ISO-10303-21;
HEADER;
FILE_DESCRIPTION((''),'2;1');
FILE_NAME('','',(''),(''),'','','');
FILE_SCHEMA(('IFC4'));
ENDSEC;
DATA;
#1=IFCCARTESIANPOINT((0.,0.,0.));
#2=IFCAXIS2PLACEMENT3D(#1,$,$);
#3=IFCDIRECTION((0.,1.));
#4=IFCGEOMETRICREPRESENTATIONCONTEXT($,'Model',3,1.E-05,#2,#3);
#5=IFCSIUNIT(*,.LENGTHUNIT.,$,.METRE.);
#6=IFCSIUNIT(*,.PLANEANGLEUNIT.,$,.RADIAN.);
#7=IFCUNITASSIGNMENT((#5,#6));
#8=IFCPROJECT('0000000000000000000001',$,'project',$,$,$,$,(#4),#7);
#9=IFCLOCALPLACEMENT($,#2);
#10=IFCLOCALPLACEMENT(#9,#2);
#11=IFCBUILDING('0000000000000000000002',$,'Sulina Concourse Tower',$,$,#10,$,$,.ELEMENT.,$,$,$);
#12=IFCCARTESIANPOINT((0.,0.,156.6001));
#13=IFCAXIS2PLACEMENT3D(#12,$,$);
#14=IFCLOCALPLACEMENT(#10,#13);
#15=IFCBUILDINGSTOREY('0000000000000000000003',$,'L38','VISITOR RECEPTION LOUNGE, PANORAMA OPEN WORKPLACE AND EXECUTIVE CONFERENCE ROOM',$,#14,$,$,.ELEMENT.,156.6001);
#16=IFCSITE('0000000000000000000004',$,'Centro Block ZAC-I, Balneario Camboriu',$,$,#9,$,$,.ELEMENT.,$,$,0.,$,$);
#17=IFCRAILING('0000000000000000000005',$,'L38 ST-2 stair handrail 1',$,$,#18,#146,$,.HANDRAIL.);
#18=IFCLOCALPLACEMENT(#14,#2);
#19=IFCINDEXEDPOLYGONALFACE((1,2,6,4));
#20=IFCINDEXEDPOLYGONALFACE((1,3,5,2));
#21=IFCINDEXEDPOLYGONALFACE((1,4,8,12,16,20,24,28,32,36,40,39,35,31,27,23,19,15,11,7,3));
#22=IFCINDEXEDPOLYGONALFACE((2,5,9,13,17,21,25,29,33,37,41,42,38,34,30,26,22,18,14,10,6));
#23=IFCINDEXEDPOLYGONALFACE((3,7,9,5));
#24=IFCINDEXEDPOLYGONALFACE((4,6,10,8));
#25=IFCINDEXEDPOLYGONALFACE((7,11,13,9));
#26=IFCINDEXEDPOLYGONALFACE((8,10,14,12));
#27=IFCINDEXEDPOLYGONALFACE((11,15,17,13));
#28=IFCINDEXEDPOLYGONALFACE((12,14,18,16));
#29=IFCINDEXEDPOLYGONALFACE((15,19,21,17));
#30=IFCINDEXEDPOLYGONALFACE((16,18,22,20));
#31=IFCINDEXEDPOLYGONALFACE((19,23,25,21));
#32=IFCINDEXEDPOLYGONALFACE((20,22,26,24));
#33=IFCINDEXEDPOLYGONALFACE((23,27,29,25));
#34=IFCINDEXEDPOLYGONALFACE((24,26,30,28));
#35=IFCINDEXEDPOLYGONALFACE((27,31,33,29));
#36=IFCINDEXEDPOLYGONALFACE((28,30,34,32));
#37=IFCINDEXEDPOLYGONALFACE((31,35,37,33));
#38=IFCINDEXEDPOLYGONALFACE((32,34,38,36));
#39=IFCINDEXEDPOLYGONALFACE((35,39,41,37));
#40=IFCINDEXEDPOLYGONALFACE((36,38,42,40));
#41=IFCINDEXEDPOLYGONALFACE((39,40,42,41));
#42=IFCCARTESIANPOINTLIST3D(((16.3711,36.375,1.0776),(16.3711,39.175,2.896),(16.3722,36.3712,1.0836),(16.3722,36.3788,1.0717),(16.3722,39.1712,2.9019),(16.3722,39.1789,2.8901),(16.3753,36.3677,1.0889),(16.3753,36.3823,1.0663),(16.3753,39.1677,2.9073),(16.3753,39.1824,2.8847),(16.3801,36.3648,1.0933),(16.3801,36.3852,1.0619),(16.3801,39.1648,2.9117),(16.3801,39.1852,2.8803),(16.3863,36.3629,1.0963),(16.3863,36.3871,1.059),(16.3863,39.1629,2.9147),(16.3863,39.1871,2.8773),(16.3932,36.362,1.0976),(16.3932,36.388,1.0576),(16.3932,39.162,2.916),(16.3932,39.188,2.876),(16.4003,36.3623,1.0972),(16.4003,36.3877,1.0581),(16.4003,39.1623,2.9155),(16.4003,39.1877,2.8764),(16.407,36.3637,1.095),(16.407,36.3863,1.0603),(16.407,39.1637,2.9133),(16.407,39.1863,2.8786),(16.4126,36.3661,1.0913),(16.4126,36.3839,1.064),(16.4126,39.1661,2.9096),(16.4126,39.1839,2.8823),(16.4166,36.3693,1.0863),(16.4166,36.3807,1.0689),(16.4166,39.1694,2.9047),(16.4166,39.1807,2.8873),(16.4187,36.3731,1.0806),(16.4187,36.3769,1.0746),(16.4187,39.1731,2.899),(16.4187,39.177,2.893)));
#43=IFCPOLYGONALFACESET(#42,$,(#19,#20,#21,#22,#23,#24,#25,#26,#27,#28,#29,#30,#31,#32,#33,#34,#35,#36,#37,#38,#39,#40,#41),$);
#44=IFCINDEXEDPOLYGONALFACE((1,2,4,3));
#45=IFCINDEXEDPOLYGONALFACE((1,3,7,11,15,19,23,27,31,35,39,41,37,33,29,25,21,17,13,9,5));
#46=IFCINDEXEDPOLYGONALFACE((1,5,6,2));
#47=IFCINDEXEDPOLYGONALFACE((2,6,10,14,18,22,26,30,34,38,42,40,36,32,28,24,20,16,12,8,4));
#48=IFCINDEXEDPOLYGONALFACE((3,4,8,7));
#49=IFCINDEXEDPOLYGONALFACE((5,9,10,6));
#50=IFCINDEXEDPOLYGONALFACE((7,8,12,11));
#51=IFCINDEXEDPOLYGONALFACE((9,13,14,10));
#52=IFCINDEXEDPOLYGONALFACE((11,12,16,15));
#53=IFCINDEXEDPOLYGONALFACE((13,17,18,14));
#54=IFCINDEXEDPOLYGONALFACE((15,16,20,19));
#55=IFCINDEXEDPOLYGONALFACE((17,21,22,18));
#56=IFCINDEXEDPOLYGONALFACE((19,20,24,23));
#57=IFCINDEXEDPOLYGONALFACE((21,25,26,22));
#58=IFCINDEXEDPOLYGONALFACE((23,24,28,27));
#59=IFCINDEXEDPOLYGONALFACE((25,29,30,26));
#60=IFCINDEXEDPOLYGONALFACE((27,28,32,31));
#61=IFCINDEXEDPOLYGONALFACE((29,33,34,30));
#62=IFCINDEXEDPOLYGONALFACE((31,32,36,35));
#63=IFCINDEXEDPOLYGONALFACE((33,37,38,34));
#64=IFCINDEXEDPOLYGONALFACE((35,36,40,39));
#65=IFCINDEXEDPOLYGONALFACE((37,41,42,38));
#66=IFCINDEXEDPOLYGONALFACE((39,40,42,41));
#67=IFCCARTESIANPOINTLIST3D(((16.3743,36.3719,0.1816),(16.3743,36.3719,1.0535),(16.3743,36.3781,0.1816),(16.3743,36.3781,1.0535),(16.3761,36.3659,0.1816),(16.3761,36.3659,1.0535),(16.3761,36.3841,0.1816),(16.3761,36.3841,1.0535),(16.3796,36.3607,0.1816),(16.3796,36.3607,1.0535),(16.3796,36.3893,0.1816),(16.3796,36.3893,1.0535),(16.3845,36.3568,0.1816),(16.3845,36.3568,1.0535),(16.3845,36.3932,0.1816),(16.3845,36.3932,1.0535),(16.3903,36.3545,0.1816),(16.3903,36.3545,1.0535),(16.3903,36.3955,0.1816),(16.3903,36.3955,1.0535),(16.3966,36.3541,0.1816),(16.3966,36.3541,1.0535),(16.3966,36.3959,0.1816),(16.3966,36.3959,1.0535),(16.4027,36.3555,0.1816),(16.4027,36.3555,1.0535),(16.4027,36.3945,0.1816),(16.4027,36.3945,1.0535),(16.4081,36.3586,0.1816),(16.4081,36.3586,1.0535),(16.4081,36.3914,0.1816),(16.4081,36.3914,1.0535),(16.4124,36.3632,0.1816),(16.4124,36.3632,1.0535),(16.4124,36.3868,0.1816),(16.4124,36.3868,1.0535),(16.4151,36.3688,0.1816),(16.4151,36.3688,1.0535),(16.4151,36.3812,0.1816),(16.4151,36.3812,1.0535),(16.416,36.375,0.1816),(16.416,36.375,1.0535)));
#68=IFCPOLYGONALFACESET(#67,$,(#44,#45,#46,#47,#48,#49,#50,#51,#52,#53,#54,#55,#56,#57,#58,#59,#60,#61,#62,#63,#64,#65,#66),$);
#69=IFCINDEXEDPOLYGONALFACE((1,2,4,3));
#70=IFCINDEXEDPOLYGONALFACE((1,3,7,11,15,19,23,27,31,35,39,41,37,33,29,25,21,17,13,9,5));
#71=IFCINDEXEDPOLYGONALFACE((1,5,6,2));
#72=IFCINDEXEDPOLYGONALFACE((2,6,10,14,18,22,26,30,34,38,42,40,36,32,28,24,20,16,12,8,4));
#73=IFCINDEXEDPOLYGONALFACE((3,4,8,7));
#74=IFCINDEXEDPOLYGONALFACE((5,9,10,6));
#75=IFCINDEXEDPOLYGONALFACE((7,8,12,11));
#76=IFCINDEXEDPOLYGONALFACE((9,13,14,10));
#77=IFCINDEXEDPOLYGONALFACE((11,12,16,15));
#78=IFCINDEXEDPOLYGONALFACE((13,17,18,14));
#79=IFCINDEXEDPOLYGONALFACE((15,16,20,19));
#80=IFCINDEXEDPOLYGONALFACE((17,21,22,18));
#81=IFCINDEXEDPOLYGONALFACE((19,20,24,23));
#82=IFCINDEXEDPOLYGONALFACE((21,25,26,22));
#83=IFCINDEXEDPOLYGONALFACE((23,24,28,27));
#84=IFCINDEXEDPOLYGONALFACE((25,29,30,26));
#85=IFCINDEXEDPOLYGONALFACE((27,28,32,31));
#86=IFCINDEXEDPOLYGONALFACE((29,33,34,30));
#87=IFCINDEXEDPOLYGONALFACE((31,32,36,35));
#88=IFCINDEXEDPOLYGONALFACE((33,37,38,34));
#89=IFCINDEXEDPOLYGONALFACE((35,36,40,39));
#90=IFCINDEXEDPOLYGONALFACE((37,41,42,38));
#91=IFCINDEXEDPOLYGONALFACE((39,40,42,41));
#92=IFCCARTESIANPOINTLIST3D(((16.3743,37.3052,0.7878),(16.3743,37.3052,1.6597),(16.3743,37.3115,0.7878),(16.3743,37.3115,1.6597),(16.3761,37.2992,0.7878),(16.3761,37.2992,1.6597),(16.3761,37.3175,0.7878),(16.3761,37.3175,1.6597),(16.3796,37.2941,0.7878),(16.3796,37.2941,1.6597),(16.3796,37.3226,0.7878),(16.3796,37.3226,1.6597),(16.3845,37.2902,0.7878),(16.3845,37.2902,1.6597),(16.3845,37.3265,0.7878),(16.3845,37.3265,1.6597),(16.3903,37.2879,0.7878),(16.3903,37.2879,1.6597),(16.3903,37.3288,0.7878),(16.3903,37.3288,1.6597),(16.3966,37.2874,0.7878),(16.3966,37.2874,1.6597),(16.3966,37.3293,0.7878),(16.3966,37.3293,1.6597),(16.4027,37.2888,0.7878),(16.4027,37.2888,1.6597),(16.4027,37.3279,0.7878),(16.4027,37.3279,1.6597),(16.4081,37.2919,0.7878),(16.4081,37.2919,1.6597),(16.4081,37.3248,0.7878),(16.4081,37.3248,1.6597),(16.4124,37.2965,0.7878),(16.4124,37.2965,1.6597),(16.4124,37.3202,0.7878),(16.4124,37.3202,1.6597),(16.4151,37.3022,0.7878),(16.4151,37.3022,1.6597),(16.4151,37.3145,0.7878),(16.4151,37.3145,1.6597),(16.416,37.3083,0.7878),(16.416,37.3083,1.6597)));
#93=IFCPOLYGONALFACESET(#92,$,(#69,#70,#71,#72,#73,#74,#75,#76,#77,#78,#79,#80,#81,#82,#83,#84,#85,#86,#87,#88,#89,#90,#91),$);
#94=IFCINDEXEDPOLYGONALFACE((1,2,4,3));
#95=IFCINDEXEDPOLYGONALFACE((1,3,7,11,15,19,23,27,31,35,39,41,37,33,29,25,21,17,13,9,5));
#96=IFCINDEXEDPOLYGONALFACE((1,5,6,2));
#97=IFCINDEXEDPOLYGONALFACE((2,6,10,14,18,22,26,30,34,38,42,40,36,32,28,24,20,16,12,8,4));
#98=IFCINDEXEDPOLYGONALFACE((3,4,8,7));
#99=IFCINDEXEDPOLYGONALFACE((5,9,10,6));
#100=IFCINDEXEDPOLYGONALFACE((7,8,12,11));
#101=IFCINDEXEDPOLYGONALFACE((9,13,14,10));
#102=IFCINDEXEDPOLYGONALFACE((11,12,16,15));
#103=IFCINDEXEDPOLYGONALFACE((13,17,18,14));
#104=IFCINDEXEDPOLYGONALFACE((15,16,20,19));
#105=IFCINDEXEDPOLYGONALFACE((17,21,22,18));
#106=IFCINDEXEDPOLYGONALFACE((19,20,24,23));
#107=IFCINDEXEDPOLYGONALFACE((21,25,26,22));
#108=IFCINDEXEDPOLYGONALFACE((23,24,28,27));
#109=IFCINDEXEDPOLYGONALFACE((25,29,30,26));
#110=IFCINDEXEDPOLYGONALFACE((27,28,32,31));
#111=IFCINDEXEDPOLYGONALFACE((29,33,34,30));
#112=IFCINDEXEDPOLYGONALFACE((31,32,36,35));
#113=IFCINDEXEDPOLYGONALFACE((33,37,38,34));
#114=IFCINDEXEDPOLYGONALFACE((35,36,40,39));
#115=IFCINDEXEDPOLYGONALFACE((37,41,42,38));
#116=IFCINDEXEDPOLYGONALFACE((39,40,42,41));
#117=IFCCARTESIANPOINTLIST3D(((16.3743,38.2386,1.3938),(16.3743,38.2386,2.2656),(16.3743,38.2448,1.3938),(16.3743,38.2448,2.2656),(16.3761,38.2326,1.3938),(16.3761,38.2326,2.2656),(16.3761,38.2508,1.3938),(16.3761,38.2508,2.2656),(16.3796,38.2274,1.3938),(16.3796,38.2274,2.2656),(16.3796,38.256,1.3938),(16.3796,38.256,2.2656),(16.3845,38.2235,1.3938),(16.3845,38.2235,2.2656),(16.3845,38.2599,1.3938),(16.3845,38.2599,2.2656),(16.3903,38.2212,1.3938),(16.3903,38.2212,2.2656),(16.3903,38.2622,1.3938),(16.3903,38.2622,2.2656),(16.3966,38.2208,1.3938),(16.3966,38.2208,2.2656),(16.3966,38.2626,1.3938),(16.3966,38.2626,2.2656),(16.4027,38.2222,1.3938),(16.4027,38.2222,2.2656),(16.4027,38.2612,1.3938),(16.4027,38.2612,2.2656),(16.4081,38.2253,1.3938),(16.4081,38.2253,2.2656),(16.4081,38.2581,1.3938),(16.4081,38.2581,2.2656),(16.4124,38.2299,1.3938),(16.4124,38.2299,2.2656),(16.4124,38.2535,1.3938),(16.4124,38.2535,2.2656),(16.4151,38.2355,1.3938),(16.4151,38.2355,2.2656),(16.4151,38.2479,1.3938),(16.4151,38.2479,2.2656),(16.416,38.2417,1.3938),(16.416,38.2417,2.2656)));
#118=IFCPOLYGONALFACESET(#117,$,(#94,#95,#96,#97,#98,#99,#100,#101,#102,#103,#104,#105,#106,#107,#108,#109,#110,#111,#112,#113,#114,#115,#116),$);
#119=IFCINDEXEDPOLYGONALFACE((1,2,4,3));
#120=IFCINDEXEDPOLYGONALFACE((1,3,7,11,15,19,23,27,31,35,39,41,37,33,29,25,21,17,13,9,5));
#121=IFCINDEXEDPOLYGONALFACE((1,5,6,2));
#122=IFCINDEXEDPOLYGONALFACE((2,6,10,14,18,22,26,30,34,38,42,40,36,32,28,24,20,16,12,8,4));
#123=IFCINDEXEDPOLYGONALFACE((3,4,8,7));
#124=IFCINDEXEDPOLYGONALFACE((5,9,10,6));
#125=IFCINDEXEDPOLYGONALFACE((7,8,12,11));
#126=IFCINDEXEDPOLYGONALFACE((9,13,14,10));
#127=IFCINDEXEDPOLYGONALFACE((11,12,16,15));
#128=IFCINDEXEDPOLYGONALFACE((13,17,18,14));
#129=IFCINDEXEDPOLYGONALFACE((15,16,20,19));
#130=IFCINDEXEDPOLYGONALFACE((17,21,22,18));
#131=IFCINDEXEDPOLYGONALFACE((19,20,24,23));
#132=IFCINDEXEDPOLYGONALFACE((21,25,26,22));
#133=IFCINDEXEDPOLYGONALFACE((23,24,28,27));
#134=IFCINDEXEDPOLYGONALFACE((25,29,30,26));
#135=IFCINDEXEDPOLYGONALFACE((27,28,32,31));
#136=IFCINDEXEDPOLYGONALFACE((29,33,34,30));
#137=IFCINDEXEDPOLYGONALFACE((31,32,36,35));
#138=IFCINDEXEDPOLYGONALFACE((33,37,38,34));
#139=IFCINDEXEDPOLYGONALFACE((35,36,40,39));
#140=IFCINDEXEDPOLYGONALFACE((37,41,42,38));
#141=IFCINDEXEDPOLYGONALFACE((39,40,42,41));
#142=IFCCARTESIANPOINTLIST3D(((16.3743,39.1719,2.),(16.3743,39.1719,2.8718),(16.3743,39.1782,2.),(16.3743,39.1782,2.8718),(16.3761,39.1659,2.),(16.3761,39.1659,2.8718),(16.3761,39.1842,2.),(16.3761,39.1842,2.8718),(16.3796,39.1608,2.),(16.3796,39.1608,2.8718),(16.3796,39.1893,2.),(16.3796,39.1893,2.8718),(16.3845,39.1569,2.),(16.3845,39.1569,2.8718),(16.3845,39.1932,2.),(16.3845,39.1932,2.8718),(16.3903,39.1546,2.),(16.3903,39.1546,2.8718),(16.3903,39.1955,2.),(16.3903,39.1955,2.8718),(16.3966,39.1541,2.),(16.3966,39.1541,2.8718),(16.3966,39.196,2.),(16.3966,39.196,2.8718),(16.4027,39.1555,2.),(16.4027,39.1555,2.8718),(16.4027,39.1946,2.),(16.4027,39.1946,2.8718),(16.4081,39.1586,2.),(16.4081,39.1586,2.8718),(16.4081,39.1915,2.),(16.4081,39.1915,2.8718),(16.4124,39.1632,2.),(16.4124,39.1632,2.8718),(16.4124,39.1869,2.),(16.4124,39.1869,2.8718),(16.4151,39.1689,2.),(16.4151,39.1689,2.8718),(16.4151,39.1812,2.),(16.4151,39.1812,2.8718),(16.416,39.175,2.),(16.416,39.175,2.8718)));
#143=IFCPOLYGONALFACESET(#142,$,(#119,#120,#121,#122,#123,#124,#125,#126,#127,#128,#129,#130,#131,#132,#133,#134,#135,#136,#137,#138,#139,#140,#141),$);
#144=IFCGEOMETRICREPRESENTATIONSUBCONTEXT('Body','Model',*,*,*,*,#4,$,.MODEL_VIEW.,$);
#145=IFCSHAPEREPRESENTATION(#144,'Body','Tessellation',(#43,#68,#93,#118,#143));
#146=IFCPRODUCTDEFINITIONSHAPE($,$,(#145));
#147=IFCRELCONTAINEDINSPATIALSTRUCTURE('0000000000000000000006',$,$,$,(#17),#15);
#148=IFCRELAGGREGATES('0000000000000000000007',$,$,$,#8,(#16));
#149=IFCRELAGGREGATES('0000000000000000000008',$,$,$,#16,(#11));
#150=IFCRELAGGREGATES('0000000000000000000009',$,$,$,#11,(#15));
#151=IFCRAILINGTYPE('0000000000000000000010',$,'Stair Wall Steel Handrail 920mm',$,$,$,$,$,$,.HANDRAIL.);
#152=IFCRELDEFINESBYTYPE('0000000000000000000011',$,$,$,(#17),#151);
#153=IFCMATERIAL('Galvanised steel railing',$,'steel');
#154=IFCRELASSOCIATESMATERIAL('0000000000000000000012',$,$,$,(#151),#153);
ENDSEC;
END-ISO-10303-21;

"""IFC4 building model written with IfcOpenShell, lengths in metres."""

from ifc_helpers import new_model, si_unit, direction, frame, origin, origin_2d, place, context, subcontext, project, spatial, circle, extrude, material, type_object, element, save


model = new_model("IFC4")

# Units and contexts
model_context = context("Model", 3, precision=1e-05, world=origin(), true_north=direction((0.0, 1.0)))
body_context = subcontext(model_context, "Body", "Model", "MODEL_VIEW")
ifc_project = project(units=[si_unit("LENGTHUNIT", "METRE"), si_unit("PLANEANGLEUNIT", "RADIAN")], contexts=[model_context])

# Site, building, storey
site_placement = place(None, origin())
site = spatial("IfcSite", under=ifc_project, at=site_placement, Name="Centro Block ZAC-I, Balneario Camboriu", CompositionType="ELEMENT", RefElevation=0.0)
building_placement = place(site_placement, origin())
building = spatial("IfcBuilding", under=site, at=building_placement, Name="Sulina Concourse Tower", CompositionType="ELEMENT")
storey_placement = place(building_placement, frame((0.0, 0.0, 156.6001)))
storey = spatial("IfcBuildingStorey", under=building, at=storey_placement, Name="L38", Description="VISITOR RECEPTION LOUNGE, PANORAMA OPEN WORKPLACE AND EXECUTIVE CONFERENCE ROOM", CompositionType="ELEMENT", Elevation=156.6001)

# Railing
ifc_material_1 = material(Name="Galvanised steel railing", Category="steel")
railing_type_1 = type_object("IfcRailingType", Name="Stair Wall Steel Handrail 920mm", PredefinedType="HANDRAIL", material=ifc_material_1)
railing_1_placement = place(storey_placement, frame((16.395, 36.375, 0.1816)))
element("IfcRailing", 1, at=railing_1_placement, inside=storey, type_object=railing_type_1, Name="L38 ST-2 stair handrail 1", PredefinedType="HANDRAIL", context=body_context, shape_type="SweptSolid", body=[
    extrude(circle(Radius=0.0239, at=origin_2d()), frame((0.0, 0.0, 0.896), z_axis=(0.0, 0.838672, 0.544636), x_axis=(-1.0, 0.0, 0.0)), (0.0, 0.0, 1.0), 3.3386),
    extrude(circle(Radius=0.021, at=origin_2d()), origin(), (0.0, 0.0, 1.0), 0.8718),
    extrude(circle(Radius=0.021, at=origin_2d()), frame((0.0, 0.9333, 0.6062)), (0.0, 0.0, 1.0), 0.8718),
    extrude(circle(Radius=0.021, at=origin_2d()), frame((0.0, 1.8667, 1.2122)), (0.0, 0.0, 1.0), 0.8718),
    extrude(circle(Radius=0.021, at=origin_2d()), frame((0.0, 2.8, 1.8184)), (0.0, 0.0, 1.0), 0.8718),
])

save(model, "model.ifc")
